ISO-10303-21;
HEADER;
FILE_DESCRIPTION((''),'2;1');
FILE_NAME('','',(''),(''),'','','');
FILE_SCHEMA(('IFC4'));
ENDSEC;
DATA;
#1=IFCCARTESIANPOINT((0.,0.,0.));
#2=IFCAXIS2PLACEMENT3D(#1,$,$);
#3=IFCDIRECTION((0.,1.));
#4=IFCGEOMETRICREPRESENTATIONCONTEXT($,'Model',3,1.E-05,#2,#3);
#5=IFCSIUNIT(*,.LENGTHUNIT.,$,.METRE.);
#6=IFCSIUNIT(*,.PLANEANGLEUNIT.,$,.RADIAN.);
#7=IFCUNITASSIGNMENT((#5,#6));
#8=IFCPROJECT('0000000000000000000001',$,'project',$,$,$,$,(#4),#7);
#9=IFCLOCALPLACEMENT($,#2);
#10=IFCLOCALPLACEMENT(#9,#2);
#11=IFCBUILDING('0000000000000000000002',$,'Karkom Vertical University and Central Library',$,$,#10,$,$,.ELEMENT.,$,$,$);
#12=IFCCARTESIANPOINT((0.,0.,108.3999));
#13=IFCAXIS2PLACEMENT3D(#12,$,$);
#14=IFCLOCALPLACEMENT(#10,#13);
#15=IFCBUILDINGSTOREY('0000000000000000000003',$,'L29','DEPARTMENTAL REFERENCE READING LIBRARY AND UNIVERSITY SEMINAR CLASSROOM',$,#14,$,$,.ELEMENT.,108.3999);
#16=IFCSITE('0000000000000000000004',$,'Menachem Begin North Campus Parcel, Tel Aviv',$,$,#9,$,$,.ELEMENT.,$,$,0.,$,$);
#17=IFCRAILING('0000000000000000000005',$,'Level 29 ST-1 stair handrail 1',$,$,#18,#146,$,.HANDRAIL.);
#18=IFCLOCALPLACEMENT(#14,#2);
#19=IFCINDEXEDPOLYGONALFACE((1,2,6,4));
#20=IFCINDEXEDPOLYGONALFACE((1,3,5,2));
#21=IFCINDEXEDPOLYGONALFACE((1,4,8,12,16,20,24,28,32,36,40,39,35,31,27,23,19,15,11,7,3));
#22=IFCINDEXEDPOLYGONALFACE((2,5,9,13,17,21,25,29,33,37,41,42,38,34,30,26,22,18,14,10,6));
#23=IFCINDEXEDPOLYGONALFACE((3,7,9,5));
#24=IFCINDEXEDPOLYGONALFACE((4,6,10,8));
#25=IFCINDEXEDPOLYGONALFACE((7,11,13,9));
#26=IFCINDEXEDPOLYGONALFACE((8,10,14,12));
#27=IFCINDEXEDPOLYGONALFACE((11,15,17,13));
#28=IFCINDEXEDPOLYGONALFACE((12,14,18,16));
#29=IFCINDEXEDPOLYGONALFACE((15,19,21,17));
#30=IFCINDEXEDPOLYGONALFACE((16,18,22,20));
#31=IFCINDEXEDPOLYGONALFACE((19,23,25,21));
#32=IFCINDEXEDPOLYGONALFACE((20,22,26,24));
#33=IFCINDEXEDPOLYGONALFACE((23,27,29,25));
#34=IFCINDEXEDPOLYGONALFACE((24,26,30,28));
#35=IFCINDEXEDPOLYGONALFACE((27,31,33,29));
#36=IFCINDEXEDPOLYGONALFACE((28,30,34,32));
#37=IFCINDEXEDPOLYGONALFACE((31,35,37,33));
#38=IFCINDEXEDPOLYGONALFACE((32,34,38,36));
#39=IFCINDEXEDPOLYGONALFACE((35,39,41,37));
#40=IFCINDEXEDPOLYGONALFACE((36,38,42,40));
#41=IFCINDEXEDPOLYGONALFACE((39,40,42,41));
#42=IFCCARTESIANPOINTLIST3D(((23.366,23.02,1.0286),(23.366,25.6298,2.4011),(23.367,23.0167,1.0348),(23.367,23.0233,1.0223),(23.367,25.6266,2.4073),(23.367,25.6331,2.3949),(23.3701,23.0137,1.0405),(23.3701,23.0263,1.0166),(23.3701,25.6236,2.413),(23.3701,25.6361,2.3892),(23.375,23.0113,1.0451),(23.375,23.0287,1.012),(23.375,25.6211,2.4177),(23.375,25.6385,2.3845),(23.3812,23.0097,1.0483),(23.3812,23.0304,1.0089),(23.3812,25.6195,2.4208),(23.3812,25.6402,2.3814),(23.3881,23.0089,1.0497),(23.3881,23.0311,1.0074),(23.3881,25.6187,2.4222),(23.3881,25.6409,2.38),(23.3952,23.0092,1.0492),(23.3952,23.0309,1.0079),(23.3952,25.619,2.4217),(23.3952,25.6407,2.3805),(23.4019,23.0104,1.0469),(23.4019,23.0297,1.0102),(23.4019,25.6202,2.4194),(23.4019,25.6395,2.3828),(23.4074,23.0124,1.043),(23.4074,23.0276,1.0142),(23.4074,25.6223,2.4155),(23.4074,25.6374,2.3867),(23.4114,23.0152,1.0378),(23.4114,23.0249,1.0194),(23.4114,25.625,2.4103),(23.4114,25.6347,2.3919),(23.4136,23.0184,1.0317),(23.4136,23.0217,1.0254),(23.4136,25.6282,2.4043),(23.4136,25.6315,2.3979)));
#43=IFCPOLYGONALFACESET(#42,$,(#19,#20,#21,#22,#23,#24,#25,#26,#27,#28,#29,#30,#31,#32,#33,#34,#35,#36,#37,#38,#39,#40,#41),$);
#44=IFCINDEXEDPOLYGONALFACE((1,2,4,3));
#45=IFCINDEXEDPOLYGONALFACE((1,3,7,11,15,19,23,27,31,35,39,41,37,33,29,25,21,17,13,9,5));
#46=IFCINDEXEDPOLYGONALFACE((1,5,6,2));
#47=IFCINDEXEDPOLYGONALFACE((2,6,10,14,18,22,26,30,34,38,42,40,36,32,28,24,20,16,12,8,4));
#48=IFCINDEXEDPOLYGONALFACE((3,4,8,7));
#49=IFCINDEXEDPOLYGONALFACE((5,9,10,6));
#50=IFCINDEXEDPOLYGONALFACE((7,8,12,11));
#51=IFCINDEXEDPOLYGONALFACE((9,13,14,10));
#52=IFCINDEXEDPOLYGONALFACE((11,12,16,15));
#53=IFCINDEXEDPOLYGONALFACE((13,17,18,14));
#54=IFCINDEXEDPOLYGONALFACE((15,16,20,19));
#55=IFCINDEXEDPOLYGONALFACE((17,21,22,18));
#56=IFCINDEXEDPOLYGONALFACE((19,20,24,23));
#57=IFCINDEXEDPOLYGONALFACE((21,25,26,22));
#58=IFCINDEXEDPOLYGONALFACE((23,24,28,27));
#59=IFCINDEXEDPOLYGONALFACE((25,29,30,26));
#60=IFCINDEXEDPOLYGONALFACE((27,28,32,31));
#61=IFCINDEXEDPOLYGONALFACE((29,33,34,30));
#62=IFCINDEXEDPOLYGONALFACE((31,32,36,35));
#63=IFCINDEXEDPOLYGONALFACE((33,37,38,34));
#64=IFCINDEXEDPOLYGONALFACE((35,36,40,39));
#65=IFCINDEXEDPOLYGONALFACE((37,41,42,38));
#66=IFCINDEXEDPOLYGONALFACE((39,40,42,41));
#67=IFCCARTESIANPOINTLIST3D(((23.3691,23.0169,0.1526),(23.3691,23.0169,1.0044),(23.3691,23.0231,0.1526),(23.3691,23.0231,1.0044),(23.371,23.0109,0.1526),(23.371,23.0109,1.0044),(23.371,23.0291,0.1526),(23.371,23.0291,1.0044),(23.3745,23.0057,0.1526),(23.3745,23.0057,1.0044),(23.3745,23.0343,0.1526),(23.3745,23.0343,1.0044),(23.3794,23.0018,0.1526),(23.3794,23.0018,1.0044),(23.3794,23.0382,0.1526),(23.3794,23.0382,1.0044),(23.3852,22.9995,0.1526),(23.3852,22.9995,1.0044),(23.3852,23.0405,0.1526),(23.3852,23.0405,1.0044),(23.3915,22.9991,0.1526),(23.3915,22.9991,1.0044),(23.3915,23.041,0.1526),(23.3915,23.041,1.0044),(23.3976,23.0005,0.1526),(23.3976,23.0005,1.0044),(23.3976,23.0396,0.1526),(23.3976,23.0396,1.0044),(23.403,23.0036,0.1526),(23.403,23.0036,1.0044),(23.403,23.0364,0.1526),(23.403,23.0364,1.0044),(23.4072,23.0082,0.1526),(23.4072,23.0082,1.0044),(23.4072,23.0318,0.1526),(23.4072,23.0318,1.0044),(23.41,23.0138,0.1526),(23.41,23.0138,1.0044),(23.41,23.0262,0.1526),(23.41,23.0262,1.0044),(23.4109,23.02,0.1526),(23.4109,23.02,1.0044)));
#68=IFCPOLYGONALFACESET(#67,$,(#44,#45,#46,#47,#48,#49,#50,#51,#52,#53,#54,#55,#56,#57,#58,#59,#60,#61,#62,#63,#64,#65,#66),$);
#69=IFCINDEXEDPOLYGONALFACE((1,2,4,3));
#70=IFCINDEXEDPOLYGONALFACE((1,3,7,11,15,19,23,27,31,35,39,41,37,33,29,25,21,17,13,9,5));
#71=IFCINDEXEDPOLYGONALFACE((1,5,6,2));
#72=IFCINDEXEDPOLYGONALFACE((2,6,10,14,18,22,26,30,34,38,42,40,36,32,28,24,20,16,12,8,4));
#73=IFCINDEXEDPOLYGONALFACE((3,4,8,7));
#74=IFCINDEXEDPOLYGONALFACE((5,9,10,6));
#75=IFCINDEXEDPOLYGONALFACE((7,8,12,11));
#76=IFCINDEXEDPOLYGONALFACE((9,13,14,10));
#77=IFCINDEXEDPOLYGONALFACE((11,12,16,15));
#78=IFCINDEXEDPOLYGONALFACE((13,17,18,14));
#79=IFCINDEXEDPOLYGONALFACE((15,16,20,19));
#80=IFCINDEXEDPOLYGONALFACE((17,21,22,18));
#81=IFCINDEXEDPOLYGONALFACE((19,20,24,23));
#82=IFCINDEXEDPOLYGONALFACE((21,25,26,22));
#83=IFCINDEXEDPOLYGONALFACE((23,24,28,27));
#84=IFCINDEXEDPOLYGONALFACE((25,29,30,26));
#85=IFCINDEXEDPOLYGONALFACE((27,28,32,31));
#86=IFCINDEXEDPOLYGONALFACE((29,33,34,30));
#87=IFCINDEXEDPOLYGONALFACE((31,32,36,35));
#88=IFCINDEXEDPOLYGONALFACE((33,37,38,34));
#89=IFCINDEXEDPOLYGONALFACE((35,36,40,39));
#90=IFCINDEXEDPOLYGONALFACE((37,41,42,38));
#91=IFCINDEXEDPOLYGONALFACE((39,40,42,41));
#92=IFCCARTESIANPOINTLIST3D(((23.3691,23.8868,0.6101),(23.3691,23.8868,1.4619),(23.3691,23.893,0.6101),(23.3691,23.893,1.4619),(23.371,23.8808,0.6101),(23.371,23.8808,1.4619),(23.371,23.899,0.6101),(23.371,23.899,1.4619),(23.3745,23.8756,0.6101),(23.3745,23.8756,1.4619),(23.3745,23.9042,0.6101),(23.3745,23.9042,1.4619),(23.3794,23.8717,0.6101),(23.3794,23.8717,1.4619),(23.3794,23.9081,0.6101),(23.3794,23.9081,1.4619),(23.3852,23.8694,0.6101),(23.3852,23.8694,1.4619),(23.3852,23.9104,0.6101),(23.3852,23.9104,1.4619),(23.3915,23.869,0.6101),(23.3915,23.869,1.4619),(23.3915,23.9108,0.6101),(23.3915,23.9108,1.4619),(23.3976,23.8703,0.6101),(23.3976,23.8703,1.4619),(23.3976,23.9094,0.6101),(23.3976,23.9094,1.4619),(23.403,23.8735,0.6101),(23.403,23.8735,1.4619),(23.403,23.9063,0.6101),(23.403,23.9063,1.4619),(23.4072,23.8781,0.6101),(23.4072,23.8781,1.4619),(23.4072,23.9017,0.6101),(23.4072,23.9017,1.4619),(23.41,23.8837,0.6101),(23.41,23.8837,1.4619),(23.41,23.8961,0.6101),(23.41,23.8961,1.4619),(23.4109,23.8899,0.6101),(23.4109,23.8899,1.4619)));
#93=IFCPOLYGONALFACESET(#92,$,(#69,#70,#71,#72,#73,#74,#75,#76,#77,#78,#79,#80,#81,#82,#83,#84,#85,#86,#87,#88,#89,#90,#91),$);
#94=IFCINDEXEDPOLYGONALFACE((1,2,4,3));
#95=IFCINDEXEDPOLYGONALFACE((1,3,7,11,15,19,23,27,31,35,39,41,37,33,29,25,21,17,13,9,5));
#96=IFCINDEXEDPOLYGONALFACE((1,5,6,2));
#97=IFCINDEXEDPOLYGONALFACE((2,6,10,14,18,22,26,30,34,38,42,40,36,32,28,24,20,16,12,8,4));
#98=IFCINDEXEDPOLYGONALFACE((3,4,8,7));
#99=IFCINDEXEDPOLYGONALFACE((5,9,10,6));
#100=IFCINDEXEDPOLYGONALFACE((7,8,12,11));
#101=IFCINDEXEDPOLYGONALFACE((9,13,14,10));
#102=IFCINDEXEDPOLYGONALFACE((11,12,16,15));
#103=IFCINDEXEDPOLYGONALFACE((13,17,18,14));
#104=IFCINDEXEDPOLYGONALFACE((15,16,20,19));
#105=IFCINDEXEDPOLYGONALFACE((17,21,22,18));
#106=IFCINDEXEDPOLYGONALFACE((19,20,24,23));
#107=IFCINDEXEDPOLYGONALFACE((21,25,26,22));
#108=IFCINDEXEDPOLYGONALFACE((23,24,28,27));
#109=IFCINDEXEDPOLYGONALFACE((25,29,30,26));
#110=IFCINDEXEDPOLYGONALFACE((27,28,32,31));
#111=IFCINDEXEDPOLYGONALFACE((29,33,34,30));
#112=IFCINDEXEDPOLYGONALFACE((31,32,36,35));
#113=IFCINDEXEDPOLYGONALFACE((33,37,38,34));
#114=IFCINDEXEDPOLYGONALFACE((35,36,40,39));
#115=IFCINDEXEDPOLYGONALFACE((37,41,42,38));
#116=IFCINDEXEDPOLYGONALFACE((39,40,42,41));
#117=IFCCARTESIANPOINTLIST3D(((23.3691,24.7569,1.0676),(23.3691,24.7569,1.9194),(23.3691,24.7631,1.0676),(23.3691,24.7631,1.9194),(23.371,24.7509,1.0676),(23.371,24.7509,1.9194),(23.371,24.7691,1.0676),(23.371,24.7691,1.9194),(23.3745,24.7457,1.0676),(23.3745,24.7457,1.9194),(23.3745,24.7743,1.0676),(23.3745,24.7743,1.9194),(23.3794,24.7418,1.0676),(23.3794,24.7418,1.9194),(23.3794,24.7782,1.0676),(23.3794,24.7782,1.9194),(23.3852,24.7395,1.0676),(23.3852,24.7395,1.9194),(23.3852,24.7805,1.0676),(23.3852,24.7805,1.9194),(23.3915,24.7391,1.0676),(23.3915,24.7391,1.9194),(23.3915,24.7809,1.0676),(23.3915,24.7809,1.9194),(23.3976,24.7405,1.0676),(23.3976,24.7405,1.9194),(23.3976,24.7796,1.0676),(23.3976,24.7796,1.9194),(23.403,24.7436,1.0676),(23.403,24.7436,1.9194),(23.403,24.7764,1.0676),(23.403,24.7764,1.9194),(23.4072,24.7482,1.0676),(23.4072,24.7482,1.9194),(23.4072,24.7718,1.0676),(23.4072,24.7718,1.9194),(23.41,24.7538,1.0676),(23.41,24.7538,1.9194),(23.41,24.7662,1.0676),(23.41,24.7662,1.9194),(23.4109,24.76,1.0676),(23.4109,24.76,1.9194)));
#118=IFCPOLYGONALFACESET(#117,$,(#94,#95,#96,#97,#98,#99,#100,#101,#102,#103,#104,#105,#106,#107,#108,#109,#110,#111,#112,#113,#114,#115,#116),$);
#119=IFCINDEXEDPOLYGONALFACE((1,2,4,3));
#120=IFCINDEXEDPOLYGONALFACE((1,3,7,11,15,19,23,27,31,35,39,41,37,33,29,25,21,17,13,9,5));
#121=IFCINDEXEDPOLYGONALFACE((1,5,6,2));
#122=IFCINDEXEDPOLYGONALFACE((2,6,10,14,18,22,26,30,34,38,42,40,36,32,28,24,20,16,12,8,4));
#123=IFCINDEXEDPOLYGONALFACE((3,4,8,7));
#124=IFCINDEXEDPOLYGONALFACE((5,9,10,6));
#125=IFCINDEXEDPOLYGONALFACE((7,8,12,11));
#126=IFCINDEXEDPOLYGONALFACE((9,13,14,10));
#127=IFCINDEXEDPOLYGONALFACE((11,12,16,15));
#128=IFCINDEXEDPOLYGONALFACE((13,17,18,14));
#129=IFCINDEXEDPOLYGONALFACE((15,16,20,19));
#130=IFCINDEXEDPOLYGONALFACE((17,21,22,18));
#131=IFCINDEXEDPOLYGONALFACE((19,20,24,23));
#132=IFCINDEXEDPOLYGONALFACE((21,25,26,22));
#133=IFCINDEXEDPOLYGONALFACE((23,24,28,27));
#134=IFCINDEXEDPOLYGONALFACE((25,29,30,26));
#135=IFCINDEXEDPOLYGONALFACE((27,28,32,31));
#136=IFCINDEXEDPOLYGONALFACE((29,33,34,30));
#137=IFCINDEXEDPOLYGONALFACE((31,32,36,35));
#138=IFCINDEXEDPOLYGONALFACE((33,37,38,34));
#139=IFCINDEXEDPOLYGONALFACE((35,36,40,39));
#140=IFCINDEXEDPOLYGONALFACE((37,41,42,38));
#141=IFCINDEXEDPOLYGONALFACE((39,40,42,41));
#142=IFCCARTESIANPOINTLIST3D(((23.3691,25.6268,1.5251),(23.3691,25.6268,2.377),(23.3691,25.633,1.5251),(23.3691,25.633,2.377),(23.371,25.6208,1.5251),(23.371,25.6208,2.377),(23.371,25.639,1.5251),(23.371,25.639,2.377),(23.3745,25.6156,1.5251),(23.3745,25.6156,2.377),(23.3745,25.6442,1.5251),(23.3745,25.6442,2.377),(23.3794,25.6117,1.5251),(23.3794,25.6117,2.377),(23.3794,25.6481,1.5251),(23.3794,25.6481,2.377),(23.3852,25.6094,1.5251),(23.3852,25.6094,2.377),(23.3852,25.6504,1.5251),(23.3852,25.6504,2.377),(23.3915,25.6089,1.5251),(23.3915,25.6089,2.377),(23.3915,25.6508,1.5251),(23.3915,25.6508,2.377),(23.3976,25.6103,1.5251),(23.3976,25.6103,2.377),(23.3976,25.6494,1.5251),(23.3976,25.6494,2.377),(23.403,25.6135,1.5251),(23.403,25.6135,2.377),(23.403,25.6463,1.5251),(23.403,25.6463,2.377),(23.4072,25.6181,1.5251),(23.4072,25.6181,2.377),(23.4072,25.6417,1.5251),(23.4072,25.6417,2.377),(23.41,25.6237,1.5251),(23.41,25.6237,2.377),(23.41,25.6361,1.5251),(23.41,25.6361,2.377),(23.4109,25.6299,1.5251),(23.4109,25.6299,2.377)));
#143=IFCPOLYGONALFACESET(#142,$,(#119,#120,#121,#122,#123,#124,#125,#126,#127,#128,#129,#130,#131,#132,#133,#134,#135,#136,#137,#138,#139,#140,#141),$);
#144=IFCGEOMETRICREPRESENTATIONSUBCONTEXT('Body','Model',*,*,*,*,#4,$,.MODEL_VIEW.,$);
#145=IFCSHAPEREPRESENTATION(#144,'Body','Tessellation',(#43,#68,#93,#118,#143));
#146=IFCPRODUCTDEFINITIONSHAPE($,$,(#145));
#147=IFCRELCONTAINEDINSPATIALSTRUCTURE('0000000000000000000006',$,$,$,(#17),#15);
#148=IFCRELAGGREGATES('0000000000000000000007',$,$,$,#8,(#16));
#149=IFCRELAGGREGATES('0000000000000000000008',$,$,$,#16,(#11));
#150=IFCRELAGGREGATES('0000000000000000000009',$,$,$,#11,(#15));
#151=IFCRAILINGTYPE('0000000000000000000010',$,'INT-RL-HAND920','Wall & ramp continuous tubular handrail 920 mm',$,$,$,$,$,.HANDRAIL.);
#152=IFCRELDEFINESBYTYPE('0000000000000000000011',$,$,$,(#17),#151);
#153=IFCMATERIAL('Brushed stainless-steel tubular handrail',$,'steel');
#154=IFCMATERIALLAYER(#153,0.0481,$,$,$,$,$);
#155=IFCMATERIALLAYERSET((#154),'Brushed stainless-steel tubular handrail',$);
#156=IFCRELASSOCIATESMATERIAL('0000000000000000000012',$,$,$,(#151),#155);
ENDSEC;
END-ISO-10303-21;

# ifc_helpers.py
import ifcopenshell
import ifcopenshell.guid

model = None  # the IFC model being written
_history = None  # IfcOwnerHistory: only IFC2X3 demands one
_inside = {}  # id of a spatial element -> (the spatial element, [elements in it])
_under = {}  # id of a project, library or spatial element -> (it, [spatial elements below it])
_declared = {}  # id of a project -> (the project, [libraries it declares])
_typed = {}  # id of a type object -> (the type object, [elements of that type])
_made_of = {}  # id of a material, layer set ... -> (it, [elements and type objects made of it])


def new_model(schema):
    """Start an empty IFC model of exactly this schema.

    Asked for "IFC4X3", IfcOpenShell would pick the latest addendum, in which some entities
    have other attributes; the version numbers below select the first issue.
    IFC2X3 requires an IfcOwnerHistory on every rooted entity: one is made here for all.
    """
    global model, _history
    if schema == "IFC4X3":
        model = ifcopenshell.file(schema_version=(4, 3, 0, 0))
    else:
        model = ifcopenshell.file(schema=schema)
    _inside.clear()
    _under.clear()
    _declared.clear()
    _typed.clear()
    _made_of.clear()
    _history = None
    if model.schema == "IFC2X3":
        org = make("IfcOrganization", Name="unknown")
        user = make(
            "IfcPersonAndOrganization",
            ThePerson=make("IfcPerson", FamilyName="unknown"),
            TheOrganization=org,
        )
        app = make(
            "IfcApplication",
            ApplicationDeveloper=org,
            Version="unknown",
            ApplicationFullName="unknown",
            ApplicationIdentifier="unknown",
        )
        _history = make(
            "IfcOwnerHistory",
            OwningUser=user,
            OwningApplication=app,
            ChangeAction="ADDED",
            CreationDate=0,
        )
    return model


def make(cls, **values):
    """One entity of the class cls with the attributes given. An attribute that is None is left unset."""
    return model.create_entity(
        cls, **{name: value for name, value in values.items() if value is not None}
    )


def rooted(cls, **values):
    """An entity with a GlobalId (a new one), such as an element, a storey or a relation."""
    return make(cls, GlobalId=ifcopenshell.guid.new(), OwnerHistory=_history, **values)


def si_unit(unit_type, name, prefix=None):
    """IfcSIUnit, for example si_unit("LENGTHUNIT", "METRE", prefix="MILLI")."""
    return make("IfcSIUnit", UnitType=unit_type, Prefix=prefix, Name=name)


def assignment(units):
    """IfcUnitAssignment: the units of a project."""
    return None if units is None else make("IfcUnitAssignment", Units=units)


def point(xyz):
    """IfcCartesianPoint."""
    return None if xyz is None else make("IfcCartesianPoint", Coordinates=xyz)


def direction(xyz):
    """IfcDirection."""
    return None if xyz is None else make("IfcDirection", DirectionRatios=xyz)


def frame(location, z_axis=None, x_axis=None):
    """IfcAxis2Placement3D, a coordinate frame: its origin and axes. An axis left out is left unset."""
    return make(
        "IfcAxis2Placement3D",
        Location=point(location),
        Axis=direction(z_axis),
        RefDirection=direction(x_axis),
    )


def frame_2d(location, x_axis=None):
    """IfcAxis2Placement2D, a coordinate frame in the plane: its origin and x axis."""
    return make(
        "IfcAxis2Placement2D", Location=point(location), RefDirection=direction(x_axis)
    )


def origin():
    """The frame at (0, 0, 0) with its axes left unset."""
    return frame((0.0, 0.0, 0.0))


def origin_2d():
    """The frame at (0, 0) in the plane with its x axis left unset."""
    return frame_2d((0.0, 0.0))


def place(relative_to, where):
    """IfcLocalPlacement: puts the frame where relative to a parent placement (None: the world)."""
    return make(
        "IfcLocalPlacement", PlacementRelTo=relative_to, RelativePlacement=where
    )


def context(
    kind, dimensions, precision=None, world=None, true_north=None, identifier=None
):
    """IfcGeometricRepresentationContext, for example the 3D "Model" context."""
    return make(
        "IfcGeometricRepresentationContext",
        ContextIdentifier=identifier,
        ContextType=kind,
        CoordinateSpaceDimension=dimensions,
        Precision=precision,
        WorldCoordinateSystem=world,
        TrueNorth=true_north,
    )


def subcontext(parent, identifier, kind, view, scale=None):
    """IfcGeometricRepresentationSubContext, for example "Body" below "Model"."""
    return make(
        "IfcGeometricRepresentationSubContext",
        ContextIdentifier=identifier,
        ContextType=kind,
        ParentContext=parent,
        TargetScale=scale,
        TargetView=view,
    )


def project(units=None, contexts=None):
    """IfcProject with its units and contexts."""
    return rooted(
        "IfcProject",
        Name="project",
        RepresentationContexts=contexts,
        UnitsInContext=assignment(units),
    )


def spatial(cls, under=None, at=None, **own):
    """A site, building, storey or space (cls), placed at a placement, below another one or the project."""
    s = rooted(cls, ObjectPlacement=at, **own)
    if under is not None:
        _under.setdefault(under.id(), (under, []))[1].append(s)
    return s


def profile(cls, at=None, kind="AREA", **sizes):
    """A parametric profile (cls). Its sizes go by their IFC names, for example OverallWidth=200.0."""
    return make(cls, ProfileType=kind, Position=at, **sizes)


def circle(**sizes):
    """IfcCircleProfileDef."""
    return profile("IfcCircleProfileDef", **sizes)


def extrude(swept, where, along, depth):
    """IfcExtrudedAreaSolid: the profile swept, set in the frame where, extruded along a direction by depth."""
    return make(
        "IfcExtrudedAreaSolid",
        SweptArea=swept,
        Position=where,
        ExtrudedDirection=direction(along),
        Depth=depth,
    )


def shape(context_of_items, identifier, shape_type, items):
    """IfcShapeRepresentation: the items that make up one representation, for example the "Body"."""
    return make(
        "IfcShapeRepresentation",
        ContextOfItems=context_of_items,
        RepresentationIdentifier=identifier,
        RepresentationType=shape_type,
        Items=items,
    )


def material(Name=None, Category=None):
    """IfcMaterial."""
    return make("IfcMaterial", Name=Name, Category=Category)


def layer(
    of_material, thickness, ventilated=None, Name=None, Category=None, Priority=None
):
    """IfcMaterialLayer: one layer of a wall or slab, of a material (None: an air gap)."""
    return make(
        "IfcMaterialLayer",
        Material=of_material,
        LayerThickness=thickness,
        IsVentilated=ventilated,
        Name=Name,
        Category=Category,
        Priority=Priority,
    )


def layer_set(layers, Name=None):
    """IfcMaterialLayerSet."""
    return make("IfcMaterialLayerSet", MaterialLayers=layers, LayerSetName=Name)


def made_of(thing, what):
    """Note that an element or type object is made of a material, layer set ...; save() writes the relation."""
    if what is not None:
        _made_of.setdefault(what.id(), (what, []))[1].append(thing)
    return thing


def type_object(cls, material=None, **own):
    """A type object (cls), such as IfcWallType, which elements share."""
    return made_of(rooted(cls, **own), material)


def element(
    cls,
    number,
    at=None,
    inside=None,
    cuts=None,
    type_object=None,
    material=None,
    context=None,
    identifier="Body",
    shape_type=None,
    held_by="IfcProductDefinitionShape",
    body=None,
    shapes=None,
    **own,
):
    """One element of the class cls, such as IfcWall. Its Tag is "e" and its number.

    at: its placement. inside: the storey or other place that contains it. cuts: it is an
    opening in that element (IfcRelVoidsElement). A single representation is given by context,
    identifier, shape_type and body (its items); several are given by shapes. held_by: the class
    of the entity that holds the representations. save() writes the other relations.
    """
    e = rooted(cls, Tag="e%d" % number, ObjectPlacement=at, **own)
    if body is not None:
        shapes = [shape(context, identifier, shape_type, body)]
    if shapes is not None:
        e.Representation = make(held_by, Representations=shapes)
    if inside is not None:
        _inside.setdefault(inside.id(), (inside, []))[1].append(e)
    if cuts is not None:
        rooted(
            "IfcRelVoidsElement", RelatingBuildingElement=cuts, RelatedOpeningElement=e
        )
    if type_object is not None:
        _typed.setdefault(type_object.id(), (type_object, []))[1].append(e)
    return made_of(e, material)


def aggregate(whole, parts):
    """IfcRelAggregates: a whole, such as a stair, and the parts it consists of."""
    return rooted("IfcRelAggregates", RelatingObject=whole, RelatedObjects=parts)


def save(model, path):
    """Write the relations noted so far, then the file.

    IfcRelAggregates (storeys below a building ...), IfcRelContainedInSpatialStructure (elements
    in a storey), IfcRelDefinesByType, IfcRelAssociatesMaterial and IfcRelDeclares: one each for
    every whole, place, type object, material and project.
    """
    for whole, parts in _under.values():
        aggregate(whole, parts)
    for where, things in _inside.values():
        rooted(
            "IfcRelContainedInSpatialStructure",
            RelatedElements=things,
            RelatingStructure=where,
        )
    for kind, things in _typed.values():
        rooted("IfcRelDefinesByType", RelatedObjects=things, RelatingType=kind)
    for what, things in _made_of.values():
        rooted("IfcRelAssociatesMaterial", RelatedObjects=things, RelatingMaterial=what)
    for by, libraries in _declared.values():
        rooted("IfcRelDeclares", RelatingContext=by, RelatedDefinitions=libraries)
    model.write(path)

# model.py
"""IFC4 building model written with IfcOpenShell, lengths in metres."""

from ifc_helpers import new_model, si_unit, direction, frame, origin, origin_2d, place, context, subcontext, project, spatial, circle, extrude, material, layer, layer_set, type_object, element, save


model = new_model("IFC4")

# Units and contexts
model_context = context("Model", 3, precision=1e-05, world=origin(), true_north=direction((0.0, 1.0)))
body_context = subcontext(model_context, "Body", "Model", "MODEL_VIEW")
ifc_project = project(units=[si_unit("LENGTHUNIT", "METRE"), si_unit("PLANEANGLEUNIT", "RADIAN")], contexts=[model_context])

# Site, building, storey
site_placement = place(None, origin())
site = spatial("IfcSite", under=ifc_project, at=site_placement, Name="Menachem Begin North Campus Parcel, Tel Aviv", CompositionType="ELEMENT", RefElevation=0.0)
building_placement = place(site_placement, origin())
building = spatial("IfcBuilding", under=site, at=building_placement, Name="Karkom Vertical University and Central Library", CompositionType="ELEMENT")
storey_placement = place(building_placement, frame((0.0, 0.0, 108.3999)))
storey = spatial("IfcBuildingStorey", under=building, at=storey_placement, Name="L29", Description="DEPARTMENTAL REFERENCE READING LIBRARY AND UNIVERSITY SEMINAR CLASSROOM", CompositionType="ELEMENT", Elevation=108.3999)

# Railing
ifc_material_1 = material(Name="Brushed stainless-steel tubular handrail", Category="steel")
ifc_layer_1 = layer(ifc_material_1, 0.0481)
ifc_layer_set_1 = layer_set([ifc_layer_1], Name="Brushed stainless-steel tubular handrail")
railing_type_1 = type_object("IfcRailingType", Name="INT-RL-HAND920", Description="Wall & ramp continuous tubular handrail 920 mm", PredefinedType="HANDRAIL", material=ifc_layer_set_1)
railing_1_placement = place(storey_placement, frame((23.3899, 23.02, 0.1526)))
element("IfcRailing", 1, at=railing_1_placement, inside=storey, type_object=railing_type_1, Name="Level 29 ST-1 stair handrail 1", PredefinedType="HANDRAIL", context=body_context, shape_type="SweptSolid", body=[
    extrude(circle(Radius=0.0239, at=origin_2d()), frame((0.0, 0.0, 0.876), z_axis=(0.0, 0.885065, 0.465467), x_axis=(-1.0, 0.0, 0.0)), (0.0, 0.0, 1.0), 2.9487),
    extrude(circle(Radius=0.021, at=origin_2d()), origin(), (0.0, 0.0, 1.0), 0.8518),
    extrude(circle(Radius=0.021, at=origin_2d()), frame((0.0, 0.8699, 0.4575)), (0.0, 0.0, 1.0), 0.8518),
    extrude(circle(Radius=0.021, at=origin_2d()), frame((0.0, 1.74, 0.915)), (0.0, 0.0, 1.0), 0.8518),
    extrude(circle(Radius=0.021, at=origin_2d()), frame((0.0, 2.6099, 1.3726)), (0.0, 0.0, 1.0), 0.8518),
])

save(model, "model.ifc")
